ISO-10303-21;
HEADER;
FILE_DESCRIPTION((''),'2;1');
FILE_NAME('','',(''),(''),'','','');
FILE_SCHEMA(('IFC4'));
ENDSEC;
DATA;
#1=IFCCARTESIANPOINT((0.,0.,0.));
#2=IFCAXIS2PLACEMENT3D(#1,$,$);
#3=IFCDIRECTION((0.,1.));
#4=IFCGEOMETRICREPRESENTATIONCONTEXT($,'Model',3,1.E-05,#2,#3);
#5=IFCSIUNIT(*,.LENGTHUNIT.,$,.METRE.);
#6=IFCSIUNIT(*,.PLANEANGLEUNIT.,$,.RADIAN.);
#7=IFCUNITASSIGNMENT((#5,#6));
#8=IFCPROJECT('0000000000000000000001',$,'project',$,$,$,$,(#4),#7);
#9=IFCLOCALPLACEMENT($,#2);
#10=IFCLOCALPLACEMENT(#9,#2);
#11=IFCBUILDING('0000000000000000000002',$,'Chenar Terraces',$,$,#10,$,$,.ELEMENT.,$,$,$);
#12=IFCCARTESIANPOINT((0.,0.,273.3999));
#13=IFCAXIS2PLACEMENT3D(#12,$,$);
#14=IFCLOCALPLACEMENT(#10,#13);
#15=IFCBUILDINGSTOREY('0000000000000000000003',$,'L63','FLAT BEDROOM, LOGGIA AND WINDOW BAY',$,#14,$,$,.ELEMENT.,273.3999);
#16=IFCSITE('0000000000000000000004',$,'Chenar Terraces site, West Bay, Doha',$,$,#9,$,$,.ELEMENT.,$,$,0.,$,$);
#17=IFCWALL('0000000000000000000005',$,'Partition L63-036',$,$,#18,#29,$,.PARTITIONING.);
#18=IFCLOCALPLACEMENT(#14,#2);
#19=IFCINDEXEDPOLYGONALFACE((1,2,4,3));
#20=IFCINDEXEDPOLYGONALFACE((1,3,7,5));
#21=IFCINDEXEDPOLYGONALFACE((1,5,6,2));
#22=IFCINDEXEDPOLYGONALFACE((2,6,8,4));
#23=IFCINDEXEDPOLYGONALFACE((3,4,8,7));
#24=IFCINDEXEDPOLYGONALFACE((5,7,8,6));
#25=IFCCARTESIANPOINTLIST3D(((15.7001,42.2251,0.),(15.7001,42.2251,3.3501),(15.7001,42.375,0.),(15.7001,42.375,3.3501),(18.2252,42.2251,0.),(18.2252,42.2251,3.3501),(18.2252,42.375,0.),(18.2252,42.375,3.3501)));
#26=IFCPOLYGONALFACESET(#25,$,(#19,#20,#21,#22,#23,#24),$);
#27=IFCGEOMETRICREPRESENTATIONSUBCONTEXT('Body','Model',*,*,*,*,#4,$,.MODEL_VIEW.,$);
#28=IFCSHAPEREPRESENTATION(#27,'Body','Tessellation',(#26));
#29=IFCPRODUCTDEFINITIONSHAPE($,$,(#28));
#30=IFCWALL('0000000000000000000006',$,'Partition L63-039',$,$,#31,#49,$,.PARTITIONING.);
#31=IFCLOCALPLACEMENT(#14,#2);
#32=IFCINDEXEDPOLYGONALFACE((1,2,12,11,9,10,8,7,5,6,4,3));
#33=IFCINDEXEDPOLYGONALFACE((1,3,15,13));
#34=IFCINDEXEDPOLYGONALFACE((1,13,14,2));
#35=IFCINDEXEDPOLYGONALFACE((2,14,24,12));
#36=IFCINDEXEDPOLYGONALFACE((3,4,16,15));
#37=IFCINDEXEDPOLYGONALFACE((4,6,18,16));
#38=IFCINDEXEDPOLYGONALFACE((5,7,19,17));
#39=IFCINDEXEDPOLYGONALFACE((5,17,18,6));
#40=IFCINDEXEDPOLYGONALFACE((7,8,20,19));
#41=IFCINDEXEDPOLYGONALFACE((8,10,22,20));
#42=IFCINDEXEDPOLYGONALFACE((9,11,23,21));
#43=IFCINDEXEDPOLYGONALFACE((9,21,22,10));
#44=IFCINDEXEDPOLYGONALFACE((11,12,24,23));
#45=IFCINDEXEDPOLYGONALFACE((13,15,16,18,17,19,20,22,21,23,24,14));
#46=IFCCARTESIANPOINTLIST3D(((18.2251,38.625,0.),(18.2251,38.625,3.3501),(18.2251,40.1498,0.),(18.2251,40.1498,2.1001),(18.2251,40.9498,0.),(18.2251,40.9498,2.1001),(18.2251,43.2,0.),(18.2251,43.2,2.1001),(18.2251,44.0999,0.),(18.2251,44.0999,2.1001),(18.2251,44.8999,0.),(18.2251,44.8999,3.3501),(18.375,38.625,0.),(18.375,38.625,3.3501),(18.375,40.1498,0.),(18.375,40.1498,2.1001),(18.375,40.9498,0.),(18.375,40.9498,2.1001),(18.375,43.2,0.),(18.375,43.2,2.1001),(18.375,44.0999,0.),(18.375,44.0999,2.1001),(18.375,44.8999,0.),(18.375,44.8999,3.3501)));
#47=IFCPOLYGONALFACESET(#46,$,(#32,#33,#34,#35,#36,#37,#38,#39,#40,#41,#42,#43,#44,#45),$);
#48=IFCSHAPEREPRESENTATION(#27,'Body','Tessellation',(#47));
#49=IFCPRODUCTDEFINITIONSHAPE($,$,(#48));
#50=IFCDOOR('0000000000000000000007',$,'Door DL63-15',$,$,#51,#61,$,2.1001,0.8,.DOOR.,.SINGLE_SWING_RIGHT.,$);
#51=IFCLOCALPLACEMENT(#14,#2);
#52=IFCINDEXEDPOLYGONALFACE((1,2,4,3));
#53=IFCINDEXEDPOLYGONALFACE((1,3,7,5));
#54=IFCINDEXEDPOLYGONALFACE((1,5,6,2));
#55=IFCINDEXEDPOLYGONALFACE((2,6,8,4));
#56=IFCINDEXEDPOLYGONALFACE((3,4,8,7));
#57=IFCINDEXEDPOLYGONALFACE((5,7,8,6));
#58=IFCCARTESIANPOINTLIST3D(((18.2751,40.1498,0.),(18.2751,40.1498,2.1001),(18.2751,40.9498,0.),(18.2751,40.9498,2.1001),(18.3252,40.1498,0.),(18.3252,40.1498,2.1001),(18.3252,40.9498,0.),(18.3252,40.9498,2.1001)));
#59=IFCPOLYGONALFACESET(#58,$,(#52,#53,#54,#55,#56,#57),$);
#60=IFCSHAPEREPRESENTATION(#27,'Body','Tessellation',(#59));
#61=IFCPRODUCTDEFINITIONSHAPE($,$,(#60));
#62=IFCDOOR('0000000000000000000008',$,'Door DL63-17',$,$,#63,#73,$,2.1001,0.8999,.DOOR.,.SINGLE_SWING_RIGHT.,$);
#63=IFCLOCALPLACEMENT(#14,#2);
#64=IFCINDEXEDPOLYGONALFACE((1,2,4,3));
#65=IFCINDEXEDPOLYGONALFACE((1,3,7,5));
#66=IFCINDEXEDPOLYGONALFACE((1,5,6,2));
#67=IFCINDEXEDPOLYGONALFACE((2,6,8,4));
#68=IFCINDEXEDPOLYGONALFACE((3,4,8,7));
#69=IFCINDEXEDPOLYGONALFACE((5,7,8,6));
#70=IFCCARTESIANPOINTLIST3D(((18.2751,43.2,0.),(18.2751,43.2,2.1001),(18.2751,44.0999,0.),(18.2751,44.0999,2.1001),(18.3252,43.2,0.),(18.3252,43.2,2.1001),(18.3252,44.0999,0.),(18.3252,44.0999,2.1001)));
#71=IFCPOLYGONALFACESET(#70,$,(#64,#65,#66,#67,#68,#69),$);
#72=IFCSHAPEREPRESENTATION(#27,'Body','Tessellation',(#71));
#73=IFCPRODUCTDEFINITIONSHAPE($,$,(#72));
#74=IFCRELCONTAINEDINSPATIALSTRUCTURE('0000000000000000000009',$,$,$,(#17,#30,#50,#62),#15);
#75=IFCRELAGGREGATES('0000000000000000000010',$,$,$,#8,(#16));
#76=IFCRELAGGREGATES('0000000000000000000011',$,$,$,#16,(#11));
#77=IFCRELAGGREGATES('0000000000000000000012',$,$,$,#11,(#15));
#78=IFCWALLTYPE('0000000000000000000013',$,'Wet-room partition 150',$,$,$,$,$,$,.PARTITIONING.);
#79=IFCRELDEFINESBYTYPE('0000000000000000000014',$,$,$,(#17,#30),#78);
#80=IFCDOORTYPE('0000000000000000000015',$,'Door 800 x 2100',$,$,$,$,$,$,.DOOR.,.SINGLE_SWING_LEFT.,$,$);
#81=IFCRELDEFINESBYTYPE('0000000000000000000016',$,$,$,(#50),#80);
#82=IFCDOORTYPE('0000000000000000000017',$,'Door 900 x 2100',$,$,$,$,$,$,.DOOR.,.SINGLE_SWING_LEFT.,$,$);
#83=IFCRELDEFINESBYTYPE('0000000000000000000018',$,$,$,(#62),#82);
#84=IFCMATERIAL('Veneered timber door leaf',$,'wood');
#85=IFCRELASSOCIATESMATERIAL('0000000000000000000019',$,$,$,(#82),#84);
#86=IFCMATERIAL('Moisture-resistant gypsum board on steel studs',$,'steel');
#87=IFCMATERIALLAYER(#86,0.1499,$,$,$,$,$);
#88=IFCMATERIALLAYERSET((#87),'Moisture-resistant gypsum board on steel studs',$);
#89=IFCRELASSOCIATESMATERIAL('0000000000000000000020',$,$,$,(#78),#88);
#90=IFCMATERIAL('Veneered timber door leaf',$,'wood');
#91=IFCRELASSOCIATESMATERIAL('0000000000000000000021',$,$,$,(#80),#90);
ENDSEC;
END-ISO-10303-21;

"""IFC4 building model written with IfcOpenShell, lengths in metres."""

from ifc_helpers import new_model, si_unit, direction, frame, frame_2d, origin, place, context, subcontext, project, spatial, rectangle, extrude, material, layer, layer_set, type_object, element, fill, save


model = new_model("IFC4")

# Units and contexts
model_context = context("Model", 3, precision=1e-05, world=origin(), true_north=direction((0.0, 1.0)))
body_context = subcontext(model_context, "Body", "Model", "MODEL_VIEW")
ifc_project = project(units=[si_unit("LENGTHUNIT", "METRE"), si_unit("PLANEANGLEUNIT", "RADIAN")], contexts=[model_context])

# Site, building, storey
site_placement = place(None, origin())
site = spatial("IfcSite", under=ifc_project, at=site_placement, Name="Chenar Terraces site, West Bay, Doha", CompositionType="ELEMENT", RefElevation=0.0)
building_placement = place(site_placement, origin())
building = spatial("IfcBuilding", under=site, at=building_placement, Name="Chenar Terraces", CompositionType="ELEMENT")
storey_placement = place(building_placement, frame((0.0, 0.0, 273.3999)))
storey = spatial("IfcBuildingStorey", under=building, at=storey_placement, Name="L63", Description="FLAT BEDROOM, LOGGIA AND WINDOW BAY", CompositionType="ELEMENT", Elevation=273.3999)

# Shared definitions
ifc_material_1 = material(Name="Veneered timber door leaf", Category="wood")
door_type_1 = type_object("IfcDoorType", Name="Door 900 x 2100", OperationType="SINGLE_SWING_LEFT", PredefinedType="DOOR", material=ifc_material_1)

# Wall
ifc_material_2 = material(Name="Moisture-resistant gypsum board on steel studs", Category="steel")
ifc_layer_1 = layer(ifc_material_2, 0.1499)
ifc_layer_set_1 = layer_set([ifc_layer_1], Name="Moisture-resistant gypsum board on steel studs")
wall_type_1 = type_object("IfcWallType", Name="Wet-room partition 150", PredefinedType="PARTITIONING", material=ifc_layer_set_1)
for number, where, z_axis, x_axis, name in (
    (1, (15.7, 42.3, 0.0), (0.0, 0.0, 1.0), (1.0, 0.0, 0.0), "Partition L63-036"),
):
    element("IfcWall", number, at=place(storey_placement, frame(where, z_axis=z_axis, x_axis=x_axis)), inside=storey, type_object=wall_type_1, Name=name, PredefinedType="PARTITIONING", context=body_context, shape_type="SweptSolid", body=[
        extrude(rectangle(XDim=2.5251, YDim=0.1499, at=frame_2d((1.2627, 0.0))), origin(), (0.0, 0.0, 1.0), 3.3501),
    ])

# Wall, openings, doors
wall_1_placement = place(storey_placement, frame((18.3, 38.625, 0.0), z_axis=(0.0, 0.0, 1.0), x_axis=(0.0, 1.0, 0.0)))
wall_1 = element("IfcWall", 2, at=wall_1_placement, inside=storey, type_object=wall_type_1, Name="Partition L63-039", PredefinedType="PARTITIONING", context=body_context, shape_type="SweptSolid", body=[
    extrude(rectangle(XDim=6.2749, YDim=0.1499, at=frame_2d((3.1375, 0.0))), origin(), (0.0, 0.0, 1.0), 3.3501),
])
opening_1_placement = place(wall_1_placement, frame((1.5249, 0.0, 0.0)))
opening_1 = element("IfcOpeningElement", 3, at=opening_1_placement, cuts=wall_1, PredefinedType="OPENING", context=body_context, shape_type="SweptSolid", body=[
    extrude(rectangle(XDim=0.8, YDim=2.1001, at=frame_2d((0.3999, 1.05))), frame((0.0, 0.085, 0.0), z_axis=(0.0, -1.0, 0.0), x_axis=(1.0, 0.0, 0.0)), (0.0, 0.0, 1.0), 0.1699),
])
opening_2_placement = place(wall_1_placement, frame((4.575, 0.0, 0.0)))
opening_2 = element("IfcOpeningElement", 4, at=opening_2_placement, cuts=wall_1, PredefinedType="OPENING", context=body_context, shape_type="SweptSolid", body=[
    extrude(rectangle(XDim=0.8999, YDim=2.1001, at=frame_2d((0.45, 1.05))), frame((0.0, 0.085, 0.0), z_axis=(0.0, -1.0, 0.0), x_axis=(1.0, 0.0, 0.0)), (0.0, 0.0, 1.0), 0.1699),
])
ifc_material_3 = material(Name="Veneered timber door leaf", Category="wood")
door_type_2 = type_object("IfcDoorType", Name="Door 800 x 2100", OperationType="SINGLE_SWING_LEFT", PredefinedType="DOOR", material=ifc_material_3)
door_1_placement = place(opening_1_placement, origin())
door_1 = element("IfcDoor", 5, at=door_1_placement, inside=storey, type_object=door_type_2, Name="Door DL63-15", OperationType="SINGLE_SWING_RIGHT", OverallHeight=2.1001, OverallWidth=0.8, PredefinedType="DOOR", context=body_context, shape_type="SweptSolid", body=[
    extrude(rectangle(XDim=0.8, YDim=2.1001, at=frame_2d((0.3999, 1.05))), frame((0.0, 0.0249, 0.0), z_axis=(0.0, -1.0, 0.0), x_axis=(1.0, 0.0, 0.0)), (0.0, 0.0, 1.0), 0.05),
])
fill(opening_1, door_1)
door_2_placement = place(opening_2_placement, origin())
door_2 = element("IfcDoor", 6, at=door_2_placement, inside=storey, type_object=door_type_1, Name="Door DL63-17", OperationType="SINGLE_SWING_RIGHT", OverallHeight=2.1001, OverallWidth=0.8999, PredefinedType="DOOR", context=body_context, shape_type="SweptSolid", body=[
    extrude(rectangle(XDim=0.8999, YDim=2.1001, at=frame_2d((0.45, 1.05))), frame((0.0, 0.0249, 0.0), z_axis=(0.0, -1.0, 0.0), x_axis=(1.0, 0.0, 0.0)), (0.0, 0.0, 1.0), 0.05),
])
fill(opening_2, door_2)

save(model, "model.ifc")
